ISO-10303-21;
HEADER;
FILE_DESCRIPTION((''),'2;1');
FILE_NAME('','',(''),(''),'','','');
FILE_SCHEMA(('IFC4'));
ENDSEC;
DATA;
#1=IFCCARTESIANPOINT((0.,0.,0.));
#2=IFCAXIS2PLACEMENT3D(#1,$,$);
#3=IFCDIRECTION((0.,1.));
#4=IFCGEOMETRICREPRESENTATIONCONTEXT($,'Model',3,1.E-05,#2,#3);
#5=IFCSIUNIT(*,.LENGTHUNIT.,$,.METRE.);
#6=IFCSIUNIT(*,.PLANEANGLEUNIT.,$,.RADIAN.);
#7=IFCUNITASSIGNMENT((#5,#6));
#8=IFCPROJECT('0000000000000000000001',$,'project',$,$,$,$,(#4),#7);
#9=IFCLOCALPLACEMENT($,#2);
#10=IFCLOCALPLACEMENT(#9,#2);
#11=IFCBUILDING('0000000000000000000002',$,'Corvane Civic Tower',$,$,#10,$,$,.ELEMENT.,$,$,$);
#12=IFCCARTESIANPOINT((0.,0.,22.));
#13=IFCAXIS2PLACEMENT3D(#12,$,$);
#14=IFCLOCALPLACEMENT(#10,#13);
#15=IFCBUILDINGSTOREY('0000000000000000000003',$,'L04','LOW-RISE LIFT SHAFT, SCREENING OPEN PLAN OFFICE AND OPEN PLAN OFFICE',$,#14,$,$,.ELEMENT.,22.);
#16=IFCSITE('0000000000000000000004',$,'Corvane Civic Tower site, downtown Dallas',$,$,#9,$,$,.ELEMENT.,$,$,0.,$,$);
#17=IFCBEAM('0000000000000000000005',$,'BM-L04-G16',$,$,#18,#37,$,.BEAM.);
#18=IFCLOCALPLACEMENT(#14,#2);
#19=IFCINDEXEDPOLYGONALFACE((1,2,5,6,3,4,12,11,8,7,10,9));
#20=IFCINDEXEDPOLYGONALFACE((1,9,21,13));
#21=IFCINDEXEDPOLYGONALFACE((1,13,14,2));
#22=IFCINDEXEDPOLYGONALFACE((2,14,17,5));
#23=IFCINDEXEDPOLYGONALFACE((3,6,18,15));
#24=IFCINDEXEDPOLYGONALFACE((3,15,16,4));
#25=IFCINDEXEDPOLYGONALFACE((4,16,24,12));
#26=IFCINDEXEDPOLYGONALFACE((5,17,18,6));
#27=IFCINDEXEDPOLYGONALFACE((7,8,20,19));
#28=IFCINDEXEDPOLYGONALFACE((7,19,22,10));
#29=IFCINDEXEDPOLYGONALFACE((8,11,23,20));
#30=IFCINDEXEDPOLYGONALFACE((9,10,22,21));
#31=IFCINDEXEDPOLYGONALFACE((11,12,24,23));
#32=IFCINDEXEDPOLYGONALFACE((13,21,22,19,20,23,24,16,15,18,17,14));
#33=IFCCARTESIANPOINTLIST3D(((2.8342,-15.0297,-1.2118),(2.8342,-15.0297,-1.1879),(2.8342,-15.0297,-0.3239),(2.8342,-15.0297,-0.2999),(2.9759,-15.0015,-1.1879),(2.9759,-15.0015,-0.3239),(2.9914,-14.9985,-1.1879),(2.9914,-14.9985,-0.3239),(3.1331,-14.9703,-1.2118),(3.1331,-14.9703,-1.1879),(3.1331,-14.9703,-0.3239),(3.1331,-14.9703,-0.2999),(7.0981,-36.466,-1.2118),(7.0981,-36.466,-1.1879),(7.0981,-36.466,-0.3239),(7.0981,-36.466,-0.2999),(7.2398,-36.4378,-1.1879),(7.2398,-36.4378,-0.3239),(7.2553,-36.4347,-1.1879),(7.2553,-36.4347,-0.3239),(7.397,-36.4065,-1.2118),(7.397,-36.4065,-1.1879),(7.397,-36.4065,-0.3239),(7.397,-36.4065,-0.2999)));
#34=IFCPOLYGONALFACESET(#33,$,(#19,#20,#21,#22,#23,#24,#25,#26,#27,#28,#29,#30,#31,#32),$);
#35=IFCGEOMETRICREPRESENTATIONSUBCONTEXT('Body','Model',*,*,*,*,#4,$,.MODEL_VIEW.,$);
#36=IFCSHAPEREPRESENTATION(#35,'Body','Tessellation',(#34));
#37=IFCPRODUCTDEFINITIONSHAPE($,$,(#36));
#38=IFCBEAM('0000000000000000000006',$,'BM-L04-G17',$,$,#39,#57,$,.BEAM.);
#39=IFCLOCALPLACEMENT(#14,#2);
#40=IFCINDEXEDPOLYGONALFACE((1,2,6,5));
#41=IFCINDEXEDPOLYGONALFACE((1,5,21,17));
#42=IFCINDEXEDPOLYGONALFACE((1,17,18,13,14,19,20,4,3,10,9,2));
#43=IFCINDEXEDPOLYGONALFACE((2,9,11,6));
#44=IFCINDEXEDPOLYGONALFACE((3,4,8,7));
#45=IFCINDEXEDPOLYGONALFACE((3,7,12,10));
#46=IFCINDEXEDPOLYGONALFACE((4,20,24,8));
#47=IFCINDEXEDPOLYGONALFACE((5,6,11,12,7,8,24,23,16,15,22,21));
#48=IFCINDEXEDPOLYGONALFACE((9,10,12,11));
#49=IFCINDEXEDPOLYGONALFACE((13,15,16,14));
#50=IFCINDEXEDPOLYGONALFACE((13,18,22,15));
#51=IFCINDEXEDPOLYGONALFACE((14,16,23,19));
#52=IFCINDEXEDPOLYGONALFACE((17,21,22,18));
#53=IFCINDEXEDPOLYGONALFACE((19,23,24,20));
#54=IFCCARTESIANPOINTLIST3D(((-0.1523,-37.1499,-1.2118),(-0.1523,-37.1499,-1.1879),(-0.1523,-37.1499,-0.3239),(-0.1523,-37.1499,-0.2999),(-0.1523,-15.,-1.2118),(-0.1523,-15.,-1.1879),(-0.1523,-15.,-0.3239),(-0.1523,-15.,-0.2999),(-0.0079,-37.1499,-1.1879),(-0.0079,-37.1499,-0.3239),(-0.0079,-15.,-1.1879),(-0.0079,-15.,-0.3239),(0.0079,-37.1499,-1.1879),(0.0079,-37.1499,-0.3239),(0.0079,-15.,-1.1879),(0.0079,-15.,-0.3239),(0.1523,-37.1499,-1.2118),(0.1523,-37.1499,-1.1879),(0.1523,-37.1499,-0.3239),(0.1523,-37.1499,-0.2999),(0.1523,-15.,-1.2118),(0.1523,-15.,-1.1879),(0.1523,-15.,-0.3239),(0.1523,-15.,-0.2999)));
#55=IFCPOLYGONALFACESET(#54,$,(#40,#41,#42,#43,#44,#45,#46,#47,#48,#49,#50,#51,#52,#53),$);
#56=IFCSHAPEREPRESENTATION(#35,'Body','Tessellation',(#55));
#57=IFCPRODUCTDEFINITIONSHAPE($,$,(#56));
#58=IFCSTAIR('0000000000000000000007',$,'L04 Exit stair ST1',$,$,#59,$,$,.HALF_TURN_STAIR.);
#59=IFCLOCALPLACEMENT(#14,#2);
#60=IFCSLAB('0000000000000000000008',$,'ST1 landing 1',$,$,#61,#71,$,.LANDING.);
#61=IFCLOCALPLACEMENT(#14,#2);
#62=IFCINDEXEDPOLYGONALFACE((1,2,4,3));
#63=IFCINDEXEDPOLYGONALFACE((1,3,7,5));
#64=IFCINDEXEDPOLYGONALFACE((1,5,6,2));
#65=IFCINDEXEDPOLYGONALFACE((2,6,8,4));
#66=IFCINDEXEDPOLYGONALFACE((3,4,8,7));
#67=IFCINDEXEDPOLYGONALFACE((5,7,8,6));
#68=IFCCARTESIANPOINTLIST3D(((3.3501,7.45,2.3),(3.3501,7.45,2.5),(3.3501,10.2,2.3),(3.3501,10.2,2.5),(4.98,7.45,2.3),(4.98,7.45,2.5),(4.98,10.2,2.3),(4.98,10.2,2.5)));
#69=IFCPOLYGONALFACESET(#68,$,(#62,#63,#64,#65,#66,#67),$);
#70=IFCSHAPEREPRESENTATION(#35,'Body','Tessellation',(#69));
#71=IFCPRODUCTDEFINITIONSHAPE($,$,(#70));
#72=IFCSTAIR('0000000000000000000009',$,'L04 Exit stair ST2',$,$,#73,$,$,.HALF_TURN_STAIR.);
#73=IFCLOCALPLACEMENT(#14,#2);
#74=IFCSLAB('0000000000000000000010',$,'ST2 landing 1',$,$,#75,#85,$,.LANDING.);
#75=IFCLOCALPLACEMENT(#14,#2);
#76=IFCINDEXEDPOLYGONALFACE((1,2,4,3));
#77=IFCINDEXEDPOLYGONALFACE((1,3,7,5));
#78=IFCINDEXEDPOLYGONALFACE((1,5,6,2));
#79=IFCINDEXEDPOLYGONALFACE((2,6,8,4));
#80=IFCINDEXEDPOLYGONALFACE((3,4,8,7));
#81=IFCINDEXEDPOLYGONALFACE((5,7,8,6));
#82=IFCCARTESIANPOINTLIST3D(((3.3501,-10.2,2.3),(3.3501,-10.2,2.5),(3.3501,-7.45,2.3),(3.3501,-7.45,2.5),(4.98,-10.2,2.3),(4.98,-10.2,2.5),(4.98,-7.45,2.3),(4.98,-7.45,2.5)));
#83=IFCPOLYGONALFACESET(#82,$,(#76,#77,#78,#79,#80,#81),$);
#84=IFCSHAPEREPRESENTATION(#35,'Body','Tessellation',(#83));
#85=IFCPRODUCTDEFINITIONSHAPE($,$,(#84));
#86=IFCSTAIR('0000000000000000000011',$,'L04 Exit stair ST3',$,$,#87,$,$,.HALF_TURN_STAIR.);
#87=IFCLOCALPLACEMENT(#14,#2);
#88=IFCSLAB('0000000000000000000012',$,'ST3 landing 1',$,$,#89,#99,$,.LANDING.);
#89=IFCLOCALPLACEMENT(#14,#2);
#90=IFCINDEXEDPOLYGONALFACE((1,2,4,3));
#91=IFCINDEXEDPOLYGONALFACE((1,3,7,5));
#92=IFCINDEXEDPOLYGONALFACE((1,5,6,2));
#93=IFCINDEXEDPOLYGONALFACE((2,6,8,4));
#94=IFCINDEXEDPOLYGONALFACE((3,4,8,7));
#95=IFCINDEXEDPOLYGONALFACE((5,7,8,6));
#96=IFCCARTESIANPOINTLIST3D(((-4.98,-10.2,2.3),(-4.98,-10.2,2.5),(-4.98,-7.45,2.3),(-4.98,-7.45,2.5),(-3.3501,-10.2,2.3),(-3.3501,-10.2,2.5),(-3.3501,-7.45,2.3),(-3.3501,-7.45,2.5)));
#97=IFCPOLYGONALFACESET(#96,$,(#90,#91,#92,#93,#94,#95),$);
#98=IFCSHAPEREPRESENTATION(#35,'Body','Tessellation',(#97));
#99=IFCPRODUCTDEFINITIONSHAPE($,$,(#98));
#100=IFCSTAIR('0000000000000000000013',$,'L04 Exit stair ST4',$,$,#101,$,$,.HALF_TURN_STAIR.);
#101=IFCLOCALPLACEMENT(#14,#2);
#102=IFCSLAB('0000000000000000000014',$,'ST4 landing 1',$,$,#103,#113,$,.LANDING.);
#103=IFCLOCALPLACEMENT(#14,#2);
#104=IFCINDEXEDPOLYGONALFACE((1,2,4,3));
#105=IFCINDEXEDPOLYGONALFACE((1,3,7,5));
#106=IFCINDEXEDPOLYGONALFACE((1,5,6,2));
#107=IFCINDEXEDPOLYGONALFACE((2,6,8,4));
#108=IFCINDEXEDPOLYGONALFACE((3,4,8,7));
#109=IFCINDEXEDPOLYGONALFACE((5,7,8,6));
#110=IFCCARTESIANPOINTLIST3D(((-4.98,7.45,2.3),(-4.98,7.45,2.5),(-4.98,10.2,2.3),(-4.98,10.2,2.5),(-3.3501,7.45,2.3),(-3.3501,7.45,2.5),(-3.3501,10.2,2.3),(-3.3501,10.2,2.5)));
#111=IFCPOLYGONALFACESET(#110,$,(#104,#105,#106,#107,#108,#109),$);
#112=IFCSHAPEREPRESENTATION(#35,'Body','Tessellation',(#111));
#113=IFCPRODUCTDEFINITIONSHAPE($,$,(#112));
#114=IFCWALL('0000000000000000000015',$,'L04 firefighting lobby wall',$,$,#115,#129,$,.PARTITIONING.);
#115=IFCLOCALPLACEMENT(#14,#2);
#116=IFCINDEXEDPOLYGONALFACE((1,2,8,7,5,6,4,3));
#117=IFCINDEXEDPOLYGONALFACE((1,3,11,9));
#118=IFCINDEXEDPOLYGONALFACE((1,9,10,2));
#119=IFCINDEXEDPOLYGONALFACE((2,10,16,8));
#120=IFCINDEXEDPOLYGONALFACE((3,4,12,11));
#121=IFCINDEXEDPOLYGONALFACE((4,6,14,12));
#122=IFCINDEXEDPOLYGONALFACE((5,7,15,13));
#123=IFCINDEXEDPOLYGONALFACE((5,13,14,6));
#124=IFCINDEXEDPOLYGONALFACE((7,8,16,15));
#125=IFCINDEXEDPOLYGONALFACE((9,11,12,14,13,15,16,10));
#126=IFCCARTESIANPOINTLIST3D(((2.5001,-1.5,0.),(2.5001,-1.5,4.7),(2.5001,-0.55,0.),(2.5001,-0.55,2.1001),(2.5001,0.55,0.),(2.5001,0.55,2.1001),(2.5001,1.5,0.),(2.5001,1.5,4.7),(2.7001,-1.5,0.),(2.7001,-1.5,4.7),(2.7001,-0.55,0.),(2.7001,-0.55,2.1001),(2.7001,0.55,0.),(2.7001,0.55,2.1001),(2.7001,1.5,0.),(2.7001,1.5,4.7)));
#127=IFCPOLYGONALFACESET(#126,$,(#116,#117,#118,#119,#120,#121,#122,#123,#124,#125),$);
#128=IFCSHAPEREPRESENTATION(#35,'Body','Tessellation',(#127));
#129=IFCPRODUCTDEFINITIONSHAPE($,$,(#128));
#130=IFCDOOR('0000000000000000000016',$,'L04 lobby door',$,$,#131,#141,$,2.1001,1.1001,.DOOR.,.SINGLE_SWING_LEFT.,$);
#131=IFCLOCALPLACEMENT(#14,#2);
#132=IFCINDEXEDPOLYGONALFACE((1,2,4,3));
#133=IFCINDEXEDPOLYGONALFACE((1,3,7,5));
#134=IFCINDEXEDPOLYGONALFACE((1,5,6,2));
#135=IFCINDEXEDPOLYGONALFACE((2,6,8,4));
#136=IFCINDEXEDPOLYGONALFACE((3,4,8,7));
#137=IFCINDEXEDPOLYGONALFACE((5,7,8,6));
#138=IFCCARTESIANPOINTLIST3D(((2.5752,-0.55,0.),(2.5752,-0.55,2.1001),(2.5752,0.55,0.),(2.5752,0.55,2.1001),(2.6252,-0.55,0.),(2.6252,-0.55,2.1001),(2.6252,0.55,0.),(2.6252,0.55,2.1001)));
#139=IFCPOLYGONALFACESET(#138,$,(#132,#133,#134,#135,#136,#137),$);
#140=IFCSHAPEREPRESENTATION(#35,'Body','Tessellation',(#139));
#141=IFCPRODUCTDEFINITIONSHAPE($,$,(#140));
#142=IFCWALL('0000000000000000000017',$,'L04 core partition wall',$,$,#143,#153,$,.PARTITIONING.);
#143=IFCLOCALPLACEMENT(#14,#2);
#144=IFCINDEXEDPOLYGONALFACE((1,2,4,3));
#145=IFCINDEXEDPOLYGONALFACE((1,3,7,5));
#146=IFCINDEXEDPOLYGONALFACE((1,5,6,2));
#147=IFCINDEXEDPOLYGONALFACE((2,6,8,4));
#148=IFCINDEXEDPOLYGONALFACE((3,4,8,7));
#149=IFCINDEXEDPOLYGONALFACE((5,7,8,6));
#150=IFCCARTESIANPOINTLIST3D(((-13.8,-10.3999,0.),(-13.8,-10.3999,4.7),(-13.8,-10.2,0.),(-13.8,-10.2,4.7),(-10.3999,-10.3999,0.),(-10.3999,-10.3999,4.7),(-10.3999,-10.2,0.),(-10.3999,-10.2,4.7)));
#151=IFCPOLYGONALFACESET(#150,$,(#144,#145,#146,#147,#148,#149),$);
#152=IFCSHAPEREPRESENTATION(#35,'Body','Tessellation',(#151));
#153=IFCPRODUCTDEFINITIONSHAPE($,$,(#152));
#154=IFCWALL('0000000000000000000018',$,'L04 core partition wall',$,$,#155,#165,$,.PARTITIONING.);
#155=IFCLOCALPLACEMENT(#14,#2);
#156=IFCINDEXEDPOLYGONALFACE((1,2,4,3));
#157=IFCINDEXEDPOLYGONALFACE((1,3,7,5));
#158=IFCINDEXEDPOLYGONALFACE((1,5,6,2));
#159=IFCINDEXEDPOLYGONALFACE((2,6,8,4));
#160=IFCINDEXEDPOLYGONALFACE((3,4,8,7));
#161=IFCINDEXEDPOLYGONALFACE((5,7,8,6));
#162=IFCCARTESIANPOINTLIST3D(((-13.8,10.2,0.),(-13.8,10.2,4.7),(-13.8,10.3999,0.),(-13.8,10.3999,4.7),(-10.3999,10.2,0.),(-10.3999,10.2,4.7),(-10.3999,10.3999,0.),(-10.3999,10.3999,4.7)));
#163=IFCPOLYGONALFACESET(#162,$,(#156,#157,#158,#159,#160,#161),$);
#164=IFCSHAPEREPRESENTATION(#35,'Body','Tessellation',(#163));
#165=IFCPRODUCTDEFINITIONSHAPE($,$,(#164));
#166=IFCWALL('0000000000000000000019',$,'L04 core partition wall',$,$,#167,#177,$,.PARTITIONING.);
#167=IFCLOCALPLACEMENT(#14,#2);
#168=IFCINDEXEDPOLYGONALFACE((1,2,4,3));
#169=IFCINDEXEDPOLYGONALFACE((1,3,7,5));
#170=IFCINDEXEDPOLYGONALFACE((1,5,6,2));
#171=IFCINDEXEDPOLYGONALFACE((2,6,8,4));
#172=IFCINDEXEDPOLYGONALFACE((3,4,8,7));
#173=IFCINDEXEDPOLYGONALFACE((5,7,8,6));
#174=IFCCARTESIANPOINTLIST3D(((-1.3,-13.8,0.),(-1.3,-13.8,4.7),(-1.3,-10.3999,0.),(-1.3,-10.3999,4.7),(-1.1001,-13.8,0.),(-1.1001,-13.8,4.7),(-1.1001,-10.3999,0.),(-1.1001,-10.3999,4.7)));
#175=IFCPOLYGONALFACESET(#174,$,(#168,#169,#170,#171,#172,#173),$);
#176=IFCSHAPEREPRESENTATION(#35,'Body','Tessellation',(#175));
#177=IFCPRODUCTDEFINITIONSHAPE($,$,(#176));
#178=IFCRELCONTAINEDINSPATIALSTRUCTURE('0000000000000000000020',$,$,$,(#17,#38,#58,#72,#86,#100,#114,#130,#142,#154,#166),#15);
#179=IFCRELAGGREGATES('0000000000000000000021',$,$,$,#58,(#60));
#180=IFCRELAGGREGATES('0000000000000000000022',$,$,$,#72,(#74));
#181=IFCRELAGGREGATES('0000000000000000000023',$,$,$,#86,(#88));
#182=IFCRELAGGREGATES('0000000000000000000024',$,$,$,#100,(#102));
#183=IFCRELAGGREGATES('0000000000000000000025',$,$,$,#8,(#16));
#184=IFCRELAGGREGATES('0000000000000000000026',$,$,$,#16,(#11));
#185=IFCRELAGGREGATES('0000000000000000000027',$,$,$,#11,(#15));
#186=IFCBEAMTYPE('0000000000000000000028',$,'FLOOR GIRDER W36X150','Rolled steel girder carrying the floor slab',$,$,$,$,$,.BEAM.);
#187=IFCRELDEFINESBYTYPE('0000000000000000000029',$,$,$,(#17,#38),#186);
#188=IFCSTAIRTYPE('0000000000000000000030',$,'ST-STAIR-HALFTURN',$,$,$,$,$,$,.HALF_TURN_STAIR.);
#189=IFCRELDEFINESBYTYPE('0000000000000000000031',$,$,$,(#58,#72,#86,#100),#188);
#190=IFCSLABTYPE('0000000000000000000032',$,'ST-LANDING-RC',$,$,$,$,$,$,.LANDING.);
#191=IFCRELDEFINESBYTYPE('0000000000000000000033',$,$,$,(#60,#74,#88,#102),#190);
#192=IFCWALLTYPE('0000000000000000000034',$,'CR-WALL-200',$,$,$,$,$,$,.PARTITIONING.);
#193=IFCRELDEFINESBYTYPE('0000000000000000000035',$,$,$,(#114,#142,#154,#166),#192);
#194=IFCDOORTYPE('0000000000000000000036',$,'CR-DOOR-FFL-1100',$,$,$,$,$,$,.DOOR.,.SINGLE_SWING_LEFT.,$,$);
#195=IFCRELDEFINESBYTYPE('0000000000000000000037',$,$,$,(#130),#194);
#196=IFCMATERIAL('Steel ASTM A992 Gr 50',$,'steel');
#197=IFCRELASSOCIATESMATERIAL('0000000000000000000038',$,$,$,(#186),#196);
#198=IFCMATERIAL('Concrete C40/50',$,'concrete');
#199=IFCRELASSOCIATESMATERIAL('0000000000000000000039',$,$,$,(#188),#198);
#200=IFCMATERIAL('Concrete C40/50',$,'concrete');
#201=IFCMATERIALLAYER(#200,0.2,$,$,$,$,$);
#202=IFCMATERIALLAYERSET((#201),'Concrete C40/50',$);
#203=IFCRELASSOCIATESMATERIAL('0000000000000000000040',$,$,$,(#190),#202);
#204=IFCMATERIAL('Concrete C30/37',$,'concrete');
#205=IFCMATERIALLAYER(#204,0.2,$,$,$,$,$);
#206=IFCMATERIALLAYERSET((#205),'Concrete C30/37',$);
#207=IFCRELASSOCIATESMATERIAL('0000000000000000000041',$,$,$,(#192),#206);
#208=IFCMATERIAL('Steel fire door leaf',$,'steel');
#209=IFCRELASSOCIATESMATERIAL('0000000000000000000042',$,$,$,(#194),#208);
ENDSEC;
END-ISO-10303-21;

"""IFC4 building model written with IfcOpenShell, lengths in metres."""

from ifc_helpers import new_model, si_unit, direction, frame, frame_2d, origin, origin_2d, place, context, subcontext, project, spatial, polyline, rectangle, i_section, outline, extrude, material, layer, layer_set, material_profile, profile_set, type_object, element, fill, aggregate, save


model = new_model("IFC4")

# Units and contexts
model_context = context("Model", 3, precision=1e-05, world=origin(), true_north=direction((0.0, 1.0)))
body_context = subcontext(model_context, "Body", "Model", "MODEL_VIEW")
ifc_project = project(units=[si_unit("LENGTHUNIT", "METRE"), si_unit("PLANEANGLEUNIT", "RADIAN")], contexts=[model_context])

# Site, building, storey
site_placement = place(None, origin())
site = spatial("IfcSite", under=ifc_project, at=site_placement, Name="Corvane Civic Tower site, downtown Dallas", CompositionType="ELEMENT", RefElevation=0.0)
building_placement = place(site_placement, origin())
building = spatial("IfcBuilding", under=site, at=building_placement, Name="Corvane Civic Tower", CompositionType="ELEMENT")
storey_placement = place(building_placement, frame((0.0, 0.0, 22.0)))
storey = spatial("IfcBuildingStorey", under=building, at=storey_placement, Name="L04", Description="LOW-RISE LIFT SHAFT, SCREENING OPEN PLAN OFFICE AND OPEN PLAN OFFICE", CompositionType="ELEMENT", Elevation=22.0)

# Beams
ifc_material_1 = material(Name="Steel ASTM A992 Gr 50", Category="steel")
ifc_material_profile = material_profile(ifc_material_1, i_section(OverallWidth=0.3047, OverallDepth=0.9119, WebThickness=0.0159, FlangeThickness=0.0239, at=origin_2d()), Name="W36X150")
ifc_profile_set = profile_set([ifc_material_profile], Name="Steel ASTM A992 Gr 50")
beam_type = type_object("IfcBeamType", Name="FLOOR GIRDER W36X150", Description="Rolled steel girder carrying the floor slab", PredefinedType="BEAM", material=ifc_profile_set)
beam_1_placement = place(storey_placement, frame((2.9836, -15.0, -0.7559), z_axis=(0.195089, -0.980785, 0.0), x_axis=(0.980785, 0.195089, 0.0)))
element("IfcBeam", 1, at=beam_1_placement, inside=storey, type_object=beam_type, Name="BM-L04-G16", PredefinedType="BEAM", context=body_context, shape_type="SweptSolid", body=[
    extrude(i_section(OverallWidth=0.3047, OverallDepth=0.9119, WebThickness=0.0159, FlangeThickness=0.0239, at=origin_2d()), origin(), (0.0, 0.0, 1.0), 21.8562),
])
beam_2_placement = place(storey_placement, frame((0.0, -15.0, -0.7559), z_axis=(0.0, -1.0, 0.0), x_axis=(1.0, 0.0, 0.0)))
element("IfcBeam", 2, at=beam_2_placement, inside=storey, type_object=beam_type, Name="BM-L04-G17", PredefinedType="BEAM", context=body_context, shape_type="SweptSolid", body=[
    extrude(i_section(OverallWidth=0.3047, OverallDepth=0.9119, WebThickness=0.0159, FlangeThickness=0.0239, at=origin_2d()), origin(), (0.0, 0.0, 1.0), 22.1499),
])

# Stairs, slabs
ifc_material_2 = material(Name="Concrete C40/50", Category="concrete")
stair_type = type_object("IfcStairType", Name="ST-STAIR-HALFTURN", PredefinedType="HALF_TURN_STAIR", material=ifc_material_2)
stair_1_placement = place(storey_placement, origin())
stair_1 = element("IfcStair", 3, at=stair_1_placement, inside=storey, type_object=stair_type, Name="L04 Exit stair ST1", PredefinedType="HALF_TURN_STAIR")
ifc_material_3 = material(Name="Concrete C40/50", Category="concrete")
ifc_layer_1 = layer(ifc_material_3, 0.2)
ifc_layer_set_1 = layer_set([ifc_layer_1], Name="Concrete C40/50")
slab_type_1 = type_object("IfcSlabType", Name="ST-LANDING-RC", PredefinedType="LANDING", material=ifc_layer_set_1)
slab_1_placement = place(storey_placement, frame((0.0, 0.0, 2.3)))
slab_1 = element("IfcSlab", 4, at=slab_1_placement, type_object=slab_type_1, Name="ST1 landing 1", PredefinedType="LANDING", context=body_context, shape_type="SweptSolid", body=[
    extrude(outline(polyline([(4.98, 10.2), (3.3501, 10.2), (3.3501, 7.45), (4.98, 7.45), (4.98, 10.2)])), origin(), (0.0, 0.0, 1.0), 0.2),
])
aggregate(stair_1, [slab_1])
stair_2_placement = place(storey_placement, origin())
stair_2 = element("IfcStair", 5, at=stair_2_placement, inside=storey, type_object=stair_type, Name="L04 Exit stair ST2", PredefinedType="HALF_TURN_STAIR")
slab_2_placement = place(storey_placement, frame((0.0, 0.0, 2.3)))
slab_2 = element("IfcSlab", 6, at=slab_2_placement, type_object=slab_type_1, Name="ST2 landing 1", PredefinedType="LANDING", context=body_context, shape_type="SweptSolid", body=[
    extrude(outline(polyline([(4.98, -7.45), (3.3501, -7.45), (3.3501, -10.2), (4.98, -10.2), (4.98, -7.45)])), origin(), (0.0, 0.0, 1.0), 0.2),
])
aggregate(stair_2, [slab_2])
stair_3_placement = place(storey_placement, origin())
stair_3 = element("IfcStair", 7, at=stair_3_placement, inside=storey, type_object=stair_type, Name="L04 Exit stair ST3", PredefinedType="HALF_TURN_STAIR")
slab_3_placement = place(storey_placement, frame((0.0, 0.0, 2.3)))
slab_3 = element("IfcSlab", 8, at=slab_3_placement, type_object=slab_type_1, Name="ST3 landing 1", PredefinedType="LANDING", context=body_context, shape_type="SweptSolid", body=[
    extrude(outline(polyline([(-4.98, -10.2), (-3.3501, -10.2), (-3.3501, -7.45), (-4.98, -7.45), (-4.98, -10.2)])), origin(), (0.0, 0.0, 1.0), 0.2),
])
aggregate(stair_3, [slab_3])
stair_4_placement = place(storey_placement, origin())
stair_4 = element("IfcStair", 9, at=stair_4_placement, inside=storey, type_object=stair_type, Name="L04 Exit stair ST4", PredefinedType="HALF_TURN_STAIR")
slab_4_placement = place(storey_placement, frame((0.0, 0.0, 2.3)))
slab_4 = element("IfcSlab", 10, at=slab_4_placement, type_object=slab_type_1, Name="ST4 landing 1", PredefinedType="LANDING", context=body_context, shape_type="SweptSolid", body=[
    extrude(outline(polyline([(-4.98, 7.45), (-3.3501, 7.45), (-3.3501, 10.2), (-4.98, 10.2), (-4.98, 7.45)])), origin(), (0.0, 0.0, 1.0), 0.2),
])
aggregate(stair_4, [slab_4])

# Wall, opening, door
ifc_material_4 = material(Name="Concrete C30/37", Category="concrete")
ifc_layer_2 = layer(ifc_material_4, 0.2)
ifc_layer_set_2 = layer_set([ifc_layer_2], Name="Concrete C30/37")
wall_type_1 = type_object("IfcWallType", Name="CR-WALL-200", PredefinedType="PARTITIONING", material=ifc_layer_set_2)
wall_1_placement = place(storey_placement, frame((2.6001, -1.5, 0.0), z_axis=(0.0, 0.0, 1.0), x_axis=(0.0, 1.0, 0.0)))
wall_1 = element("IfcWall", 11, at=wall_1_placement, inside=storey, type_object=wall_type_1, Name="L04 firefighting lobby wall", PredefinedType="PARTITIONING", context=body_context, shape_type="SweptSolid", body=[
    extrude(rectangle(XDim=3.0, YDim=0.2, at=frame_2d((1.5, 0.0))), origin(), (0.0, 0.0, 1.0), 4.7),
])
opening_1_placement = place(wall_1_placement, frame((0.95, 0.0, 0.0)))
opening_1 = element("IfcOpeningElement", 12, at=opening_1_placement, cuts=wall_1, PredefinedType="OPENING", context=body_context, shape_type="SweptSolid", body=[
    extrude(rectangle(XDim=1.1001, YDim=2.1001, at=frame_2d((0.55, 1.05))), frame((0.0, 0.1099, 0.0), z_axis=(0.0, -1.0, 0.0), x_axis=(1.0, 0.0, 0.0)), (0.0, 0.0, 1.0), 0.22),
])
ifc_material_5 = material(Name="Steel fire door leaf", Category="steel")
door_type_1 = type_object("IfcDoorType", Name="CR-DOOR-FFL-1100", OperationType="SINGLE_SWING_LEFT", PredefinedType="DOOR", material=ifc_material_5)
door_1_placement = place(opening_1_placement, origin())
door_1 = element("IfcDoor", 13, at=door_1_placement, inside=storey, type_object=door_type_1, Name="L04 lobby door", OperationType="SINGLE_SWING_LEFT", OverallHeight=2.1001, OverallWidth=1.1001, PredefinedType="DOOR", context=body_context, shape_type="SweptSolid", body=[
    extrude(rectangle(XDim=1.1001, YDim=2.1001, at=frame_2d((0.55, 1.05))), frame((0.0, 0.0249, 0.0), z_axis=(0.0, -1.0, 0.0), x_axis=(1.0, 0.0, 0.0)), (0.0, 0.0, 1.0), 0.05),
])
fill(opening_1, door_1)

# Walls
wall_2_placement = place(storey_placement, origin())
element("IfcWall", 14, at=wall_2_placement, inside=storey, type_object=wall_type_1, Name="L04 core partition wall", PredefinedType="PARTITIONING", context=body_context, shape_type="SweptSolid", body=[
    extrude(outline(polyline([(-10.3999, -10.3999), (-13.8, -10.3999), (-13.8, -10.2), (-10.3999, -10.2), (-10.3999, -10.3999)])), origin(), (0.0, 0.0, 1.0), 4.7),
])
wall_3_placement = place(storey_placement, origin())
element("IfcWall", 15, at=wall_3_placement, inside=storey, type_object=wall_type_1, Name="L04 core partition wall", PredefinedType="PARTITIONING", context=body_context, shape_type="SweptSolid", body=[
    extrude(outline(polyline([(-13.8, 10.2), (-13.8, 10.3999), (-10.3999, 10.3999), (-10.3999, 10.2), (-13.8, 10.2)])), origin(), (0.0, 0.0, 1.0), 4.7),
])
wall_4_placement = place(storey_placement, origin())
element("IfcWall", 16, at=wall_4_placement, inside=storey, type_object=wall_type_1, Name="L04 core partition wall", PredefinedType="PARTITIONING", context=body_context, shape_type="SweptSolid", body=[
    extrude(outline(polyline([(-1.1001, -10.3999), (-1.1001, -13.8), (-1.3, -13.8), (-1.3, -10.3999), (-1.1001, -10.3999)])), origin(), (0.0, 0.0, 1.0), 4.7),
])

save(model, "model.ifc")
